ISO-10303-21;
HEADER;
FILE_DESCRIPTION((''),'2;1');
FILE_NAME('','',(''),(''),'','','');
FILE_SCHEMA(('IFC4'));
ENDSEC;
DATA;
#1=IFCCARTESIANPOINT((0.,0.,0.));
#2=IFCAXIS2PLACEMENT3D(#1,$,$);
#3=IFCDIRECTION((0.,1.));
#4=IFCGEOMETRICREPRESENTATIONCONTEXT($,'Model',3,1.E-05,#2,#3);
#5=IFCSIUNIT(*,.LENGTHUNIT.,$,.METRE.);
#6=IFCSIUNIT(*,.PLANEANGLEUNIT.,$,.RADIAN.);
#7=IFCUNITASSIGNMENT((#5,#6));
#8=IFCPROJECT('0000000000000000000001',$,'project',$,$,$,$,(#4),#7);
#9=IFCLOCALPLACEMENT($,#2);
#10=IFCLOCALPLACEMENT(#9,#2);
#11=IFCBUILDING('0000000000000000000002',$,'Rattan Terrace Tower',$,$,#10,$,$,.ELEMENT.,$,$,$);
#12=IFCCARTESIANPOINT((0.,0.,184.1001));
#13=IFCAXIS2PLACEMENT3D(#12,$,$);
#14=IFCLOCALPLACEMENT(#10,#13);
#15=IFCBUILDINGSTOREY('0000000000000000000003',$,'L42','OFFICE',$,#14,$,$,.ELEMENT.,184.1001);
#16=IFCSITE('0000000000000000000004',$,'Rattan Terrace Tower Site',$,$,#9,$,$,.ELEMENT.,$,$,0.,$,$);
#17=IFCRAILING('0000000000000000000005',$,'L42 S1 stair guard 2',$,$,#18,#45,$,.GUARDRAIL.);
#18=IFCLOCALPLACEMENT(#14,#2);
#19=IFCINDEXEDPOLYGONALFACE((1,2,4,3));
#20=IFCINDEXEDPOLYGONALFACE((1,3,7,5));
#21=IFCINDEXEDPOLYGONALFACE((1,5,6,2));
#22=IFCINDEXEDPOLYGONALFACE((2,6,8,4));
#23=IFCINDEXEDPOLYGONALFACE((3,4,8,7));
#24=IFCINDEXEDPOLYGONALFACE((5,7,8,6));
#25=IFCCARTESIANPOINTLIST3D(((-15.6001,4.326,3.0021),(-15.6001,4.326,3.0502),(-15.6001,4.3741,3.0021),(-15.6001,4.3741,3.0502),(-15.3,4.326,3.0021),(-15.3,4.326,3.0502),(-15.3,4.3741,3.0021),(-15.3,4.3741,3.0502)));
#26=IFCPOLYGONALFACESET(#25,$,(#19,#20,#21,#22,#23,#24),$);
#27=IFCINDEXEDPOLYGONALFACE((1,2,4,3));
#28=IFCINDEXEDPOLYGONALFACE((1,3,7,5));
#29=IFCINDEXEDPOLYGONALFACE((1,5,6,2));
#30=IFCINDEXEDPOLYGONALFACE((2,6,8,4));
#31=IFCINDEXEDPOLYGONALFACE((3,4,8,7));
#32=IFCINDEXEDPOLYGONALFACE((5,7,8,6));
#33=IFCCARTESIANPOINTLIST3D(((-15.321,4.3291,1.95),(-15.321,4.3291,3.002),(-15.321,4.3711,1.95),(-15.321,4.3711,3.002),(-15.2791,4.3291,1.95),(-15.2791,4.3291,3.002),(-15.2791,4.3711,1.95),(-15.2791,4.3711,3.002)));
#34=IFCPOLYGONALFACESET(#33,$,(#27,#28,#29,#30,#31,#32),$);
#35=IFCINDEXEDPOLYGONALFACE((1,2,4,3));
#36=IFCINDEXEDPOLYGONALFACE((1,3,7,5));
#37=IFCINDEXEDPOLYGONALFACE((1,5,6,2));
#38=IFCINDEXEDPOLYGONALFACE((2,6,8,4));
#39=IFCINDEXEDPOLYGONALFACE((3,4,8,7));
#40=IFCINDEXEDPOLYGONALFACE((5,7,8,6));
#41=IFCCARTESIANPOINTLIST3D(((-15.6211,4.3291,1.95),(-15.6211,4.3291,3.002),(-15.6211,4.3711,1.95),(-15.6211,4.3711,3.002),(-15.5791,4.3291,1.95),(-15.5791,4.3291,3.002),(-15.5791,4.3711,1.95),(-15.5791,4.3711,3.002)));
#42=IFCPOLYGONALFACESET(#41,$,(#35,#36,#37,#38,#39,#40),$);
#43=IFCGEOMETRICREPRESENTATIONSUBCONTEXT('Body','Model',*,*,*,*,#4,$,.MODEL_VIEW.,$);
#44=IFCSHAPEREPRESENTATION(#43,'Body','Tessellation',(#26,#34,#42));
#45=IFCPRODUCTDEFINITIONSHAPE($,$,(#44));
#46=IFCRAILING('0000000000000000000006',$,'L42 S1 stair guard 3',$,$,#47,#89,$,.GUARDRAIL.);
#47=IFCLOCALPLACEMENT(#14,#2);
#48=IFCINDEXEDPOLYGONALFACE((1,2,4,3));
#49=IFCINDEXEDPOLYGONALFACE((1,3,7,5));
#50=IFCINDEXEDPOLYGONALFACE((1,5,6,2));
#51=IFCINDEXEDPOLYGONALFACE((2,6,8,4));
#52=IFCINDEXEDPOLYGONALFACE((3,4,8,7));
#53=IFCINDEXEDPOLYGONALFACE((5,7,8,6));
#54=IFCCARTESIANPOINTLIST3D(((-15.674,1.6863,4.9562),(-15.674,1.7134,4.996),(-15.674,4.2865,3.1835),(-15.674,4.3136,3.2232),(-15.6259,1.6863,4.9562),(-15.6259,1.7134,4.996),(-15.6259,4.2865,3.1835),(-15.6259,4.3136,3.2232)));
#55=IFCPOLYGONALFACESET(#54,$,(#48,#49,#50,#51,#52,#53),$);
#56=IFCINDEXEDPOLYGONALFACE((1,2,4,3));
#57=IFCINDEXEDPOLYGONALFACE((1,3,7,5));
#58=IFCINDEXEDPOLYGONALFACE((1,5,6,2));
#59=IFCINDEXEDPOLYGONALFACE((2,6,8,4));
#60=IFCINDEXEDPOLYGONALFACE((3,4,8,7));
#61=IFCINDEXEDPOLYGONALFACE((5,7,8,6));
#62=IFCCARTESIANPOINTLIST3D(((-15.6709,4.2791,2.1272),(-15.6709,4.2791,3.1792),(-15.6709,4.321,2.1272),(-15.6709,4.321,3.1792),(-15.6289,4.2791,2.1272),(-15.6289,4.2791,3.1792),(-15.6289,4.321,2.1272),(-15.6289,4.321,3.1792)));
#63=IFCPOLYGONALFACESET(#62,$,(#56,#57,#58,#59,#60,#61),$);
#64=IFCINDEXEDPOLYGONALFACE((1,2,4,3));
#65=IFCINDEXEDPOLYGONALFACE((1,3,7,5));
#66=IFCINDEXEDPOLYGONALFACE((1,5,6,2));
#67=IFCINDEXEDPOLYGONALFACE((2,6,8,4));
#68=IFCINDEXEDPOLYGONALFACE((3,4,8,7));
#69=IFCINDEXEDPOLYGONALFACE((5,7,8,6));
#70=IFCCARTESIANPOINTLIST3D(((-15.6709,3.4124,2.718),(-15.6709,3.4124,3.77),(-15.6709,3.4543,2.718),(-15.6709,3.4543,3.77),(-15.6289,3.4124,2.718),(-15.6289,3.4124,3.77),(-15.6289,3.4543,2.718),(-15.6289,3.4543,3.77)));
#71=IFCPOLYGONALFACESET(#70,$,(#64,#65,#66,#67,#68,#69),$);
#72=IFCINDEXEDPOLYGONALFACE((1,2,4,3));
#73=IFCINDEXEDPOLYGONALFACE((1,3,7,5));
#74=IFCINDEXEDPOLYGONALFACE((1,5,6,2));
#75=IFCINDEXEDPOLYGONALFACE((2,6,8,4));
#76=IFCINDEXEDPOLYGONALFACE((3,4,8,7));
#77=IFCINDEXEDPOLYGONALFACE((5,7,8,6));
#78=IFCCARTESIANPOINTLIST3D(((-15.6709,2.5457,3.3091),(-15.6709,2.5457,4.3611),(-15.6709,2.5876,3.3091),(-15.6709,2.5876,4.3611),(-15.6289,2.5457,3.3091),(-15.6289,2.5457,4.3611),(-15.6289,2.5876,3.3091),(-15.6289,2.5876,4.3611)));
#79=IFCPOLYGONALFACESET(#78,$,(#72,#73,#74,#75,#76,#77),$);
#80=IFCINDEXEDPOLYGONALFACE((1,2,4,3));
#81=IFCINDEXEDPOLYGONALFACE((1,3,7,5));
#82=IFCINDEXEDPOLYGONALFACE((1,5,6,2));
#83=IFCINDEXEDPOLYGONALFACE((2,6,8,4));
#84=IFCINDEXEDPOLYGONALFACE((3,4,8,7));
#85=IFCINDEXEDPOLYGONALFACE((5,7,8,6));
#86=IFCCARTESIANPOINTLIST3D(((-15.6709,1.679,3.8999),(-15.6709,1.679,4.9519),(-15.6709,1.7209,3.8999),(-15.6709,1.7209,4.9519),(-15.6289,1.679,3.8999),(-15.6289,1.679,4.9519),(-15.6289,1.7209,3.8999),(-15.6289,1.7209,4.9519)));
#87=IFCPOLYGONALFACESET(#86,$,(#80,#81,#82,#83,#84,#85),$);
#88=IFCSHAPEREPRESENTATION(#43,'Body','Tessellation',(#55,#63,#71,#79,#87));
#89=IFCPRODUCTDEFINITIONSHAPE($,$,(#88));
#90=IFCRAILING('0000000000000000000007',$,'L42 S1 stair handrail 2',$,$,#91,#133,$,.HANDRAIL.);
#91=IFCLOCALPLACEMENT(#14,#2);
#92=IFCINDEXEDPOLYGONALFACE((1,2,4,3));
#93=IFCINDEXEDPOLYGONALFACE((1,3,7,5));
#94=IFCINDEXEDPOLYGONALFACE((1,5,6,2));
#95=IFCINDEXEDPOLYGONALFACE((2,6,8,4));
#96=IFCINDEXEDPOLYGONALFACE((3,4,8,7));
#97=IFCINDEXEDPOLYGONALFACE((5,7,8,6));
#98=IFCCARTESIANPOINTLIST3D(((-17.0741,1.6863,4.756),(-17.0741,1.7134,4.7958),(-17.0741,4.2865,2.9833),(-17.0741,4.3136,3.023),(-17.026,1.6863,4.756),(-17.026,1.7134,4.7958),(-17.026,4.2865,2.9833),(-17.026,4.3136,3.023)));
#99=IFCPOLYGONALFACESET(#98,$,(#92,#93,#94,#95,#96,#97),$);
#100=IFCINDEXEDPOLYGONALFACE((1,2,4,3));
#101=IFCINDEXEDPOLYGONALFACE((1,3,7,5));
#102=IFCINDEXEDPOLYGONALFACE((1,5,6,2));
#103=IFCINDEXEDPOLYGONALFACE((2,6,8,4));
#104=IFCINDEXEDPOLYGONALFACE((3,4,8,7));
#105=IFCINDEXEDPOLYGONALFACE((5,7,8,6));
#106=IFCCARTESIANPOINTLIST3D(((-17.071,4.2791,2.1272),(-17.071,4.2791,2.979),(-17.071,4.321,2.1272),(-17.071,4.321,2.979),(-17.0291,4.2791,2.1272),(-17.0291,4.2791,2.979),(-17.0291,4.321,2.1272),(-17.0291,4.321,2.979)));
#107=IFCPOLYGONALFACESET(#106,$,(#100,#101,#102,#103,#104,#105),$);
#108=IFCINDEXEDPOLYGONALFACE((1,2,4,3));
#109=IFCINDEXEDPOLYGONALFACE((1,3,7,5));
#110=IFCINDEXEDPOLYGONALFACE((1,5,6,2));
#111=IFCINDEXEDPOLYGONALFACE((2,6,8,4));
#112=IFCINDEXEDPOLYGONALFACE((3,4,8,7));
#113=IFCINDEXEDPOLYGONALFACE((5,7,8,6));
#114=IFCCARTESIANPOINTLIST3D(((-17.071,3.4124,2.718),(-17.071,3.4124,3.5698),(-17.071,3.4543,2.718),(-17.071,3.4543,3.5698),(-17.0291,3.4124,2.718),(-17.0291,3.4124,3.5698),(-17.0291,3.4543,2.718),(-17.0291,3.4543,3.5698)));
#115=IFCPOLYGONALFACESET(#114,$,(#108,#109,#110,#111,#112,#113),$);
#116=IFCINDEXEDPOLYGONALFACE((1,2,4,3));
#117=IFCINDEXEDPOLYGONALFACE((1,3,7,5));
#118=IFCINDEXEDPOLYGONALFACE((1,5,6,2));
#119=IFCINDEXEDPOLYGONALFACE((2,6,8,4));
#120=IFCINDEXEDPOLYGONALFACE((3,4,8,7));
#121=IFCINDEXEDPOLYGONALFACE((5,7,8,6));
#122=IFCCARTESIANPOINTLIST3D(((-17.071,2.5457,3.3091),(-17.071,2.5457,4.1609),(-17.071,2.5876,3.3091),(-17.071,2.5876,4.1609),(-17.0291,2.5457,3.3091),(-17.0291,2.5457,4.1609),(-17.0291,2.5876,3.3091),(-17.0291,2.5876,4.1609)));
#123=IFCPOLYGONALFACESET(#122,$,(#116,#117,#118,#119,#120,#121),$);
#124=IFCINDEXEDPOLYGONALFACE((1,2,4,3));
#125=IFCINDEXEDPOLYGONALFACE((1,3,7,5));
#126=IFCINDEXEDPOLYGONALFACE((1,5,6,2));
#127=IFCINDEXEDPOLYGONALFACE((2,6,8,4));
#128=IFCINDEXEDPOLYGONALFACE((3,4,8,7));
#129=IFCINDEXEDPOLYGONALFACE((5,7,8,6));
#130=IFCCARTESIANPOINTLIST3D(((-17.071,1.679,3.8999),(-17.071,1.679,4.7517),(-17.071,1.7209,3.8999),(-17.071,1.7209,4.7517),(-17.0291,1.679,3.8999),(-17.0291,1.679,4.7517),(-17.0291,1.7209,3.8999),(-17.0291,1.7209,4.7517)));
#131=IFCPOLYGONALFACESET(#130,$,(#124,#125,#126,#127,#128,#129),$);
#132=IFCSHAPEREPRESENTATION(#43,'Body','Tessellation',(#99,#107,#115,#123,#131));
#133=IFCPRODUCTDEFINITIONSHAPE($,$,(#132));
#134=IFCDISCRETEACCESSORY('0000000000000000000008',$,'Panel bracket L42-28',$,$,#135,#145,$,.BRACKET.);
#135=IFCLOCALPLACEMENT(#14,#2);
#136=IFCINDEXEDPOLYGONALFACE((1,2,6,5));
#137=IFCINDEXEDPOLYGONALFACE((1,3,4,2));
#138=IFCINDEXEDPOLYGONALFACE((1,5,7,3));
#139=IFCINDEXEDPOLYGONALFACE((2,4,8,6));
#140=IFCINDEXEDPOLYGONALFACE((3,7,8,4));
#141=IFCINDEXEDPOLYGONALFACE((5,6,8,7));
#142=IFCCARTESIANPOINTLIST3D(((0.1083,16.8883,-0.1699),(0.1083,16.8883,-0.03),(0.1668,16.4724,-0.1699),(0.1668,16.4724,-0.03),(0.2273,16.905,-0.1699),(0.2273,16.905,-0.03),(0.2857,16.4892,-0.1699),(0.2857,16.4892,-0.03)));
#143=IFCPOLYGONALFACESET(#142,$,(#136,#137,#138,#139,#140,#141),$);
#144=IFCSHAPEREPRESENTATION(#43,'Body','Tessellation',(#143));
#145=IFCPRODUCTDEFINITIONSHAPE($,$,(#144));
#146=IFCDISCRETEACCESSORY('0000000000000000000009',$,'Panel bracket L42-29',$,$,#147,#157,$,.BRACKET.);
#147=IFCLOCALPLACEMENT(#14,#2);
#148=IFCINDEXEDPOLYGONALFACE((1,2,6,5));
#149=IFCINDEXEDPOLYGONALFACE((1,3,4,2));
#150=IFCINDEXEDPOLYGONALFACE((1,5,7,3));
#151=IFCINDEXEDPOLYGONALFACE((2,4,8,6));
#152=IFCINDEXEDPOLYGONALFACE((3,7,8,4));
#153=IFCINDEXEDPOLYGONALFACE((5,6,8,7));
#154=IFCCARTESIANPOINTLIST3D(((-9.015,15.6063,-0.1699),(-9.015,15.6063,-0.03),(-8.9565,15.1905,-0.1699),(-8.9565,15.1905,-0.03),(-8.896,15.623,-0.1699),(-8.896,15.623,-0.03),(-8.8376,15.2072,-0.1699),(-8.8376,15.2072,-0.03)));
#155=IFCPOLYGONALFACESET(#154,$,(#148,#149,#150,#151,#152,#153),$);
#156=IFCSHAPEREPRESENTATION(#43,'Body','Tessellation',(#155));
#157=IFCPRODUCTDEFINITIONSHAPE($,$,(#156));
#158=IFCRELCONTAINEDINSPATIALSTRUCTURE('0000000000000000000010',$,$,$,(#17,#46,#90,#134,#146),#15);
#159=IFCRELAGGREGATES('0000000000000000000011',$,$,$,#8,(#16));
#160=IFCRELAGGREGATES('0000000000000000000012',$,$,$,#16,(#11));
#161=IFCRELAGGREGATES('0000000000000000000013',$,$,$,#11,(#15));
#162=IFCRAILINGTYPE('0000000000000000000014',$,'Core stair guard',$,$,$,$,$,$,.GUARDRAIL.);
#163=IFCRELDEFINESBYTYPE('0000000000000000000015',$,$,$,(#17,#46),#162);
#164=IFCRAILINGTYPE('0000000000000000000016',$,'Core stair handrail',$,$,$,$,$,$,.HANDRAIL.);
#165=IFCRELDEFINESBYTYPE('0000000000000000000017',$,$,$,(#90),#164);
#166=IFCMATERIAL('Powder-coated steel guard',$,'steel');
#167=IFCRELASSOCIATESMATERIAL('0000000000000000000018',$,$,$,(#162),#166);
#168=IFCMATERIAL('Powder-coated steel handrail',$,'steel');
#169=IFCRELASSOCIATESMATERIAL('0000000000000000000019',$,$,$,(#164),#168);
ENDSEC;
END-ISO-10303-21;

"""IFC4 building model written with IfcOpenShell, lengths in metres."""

from ifc_helpers import new_model, si_unit, direction, frame, origin, origin_2d, place, context, subcontext, project, spatial, rectangle, extrude, material, type_object, element, save


model = new_model("IFC4")

# Units and contexts
model_context = context("Model", 3, precision=1e-05, world=origin(), true_north=direction((0.0, 1.0)))
body_context = subcontext(model_context, "Body", "Model", "MODEL_VIEW")
ifc_project = project(units=[si_unit("LENGTHUNIT", "METRE"), si_unit("PLANEANGLEUNIT", "RADIAN")], contexts=[model_context])

# Site, building, storey
site_placement = place(None, origin())
site = spatial("IfcSite", under=ifc_project, at=site_placement, Name="Rattan Terrace Tower Site", CompositionType="ELEMENT", RefElevation=0.0)
building_placement = place(site_placement, origin())
building = spatial("IfcBuilding", under=site, at=building_placement, Name="Rattan Terrace Tower", CompositionType="ELEMENT")
storey_placement = place(building_placement, frame((0.0, 0.0, 184.1001)))
storey = spatial("IfcBuildingStorey", under=building, at=storey_placement, Name="L42", Description="OFFICE", CompositionType="ELEMENT", Elevation=184.1001)

# Railings
ifc_material_1 = material(Name="Powder-coated steel guard", Category="steel")
railing_type_1 = type_object("IfcRailingType", Name="Core stair guard", PredefinedType="GUARDRAIL", material=ifc_material_1)
railing_1_placement = place(storey_placement, frame((-15.3, 4.3501, 1.95)))
element("IfcRailing", 1, at=railing_1_placement, inside=storey, type_object=railing_type_1, Name="L42 S1 stair guard 2", PredefinedType="GUARDRAIL", context=body_context, shape_type="SweptSolid", body=[
    extrude(rectangle(XDim=0.0481, YDim=0.0481, at=origin_2d()), frame((0.0, 0.0, 1.0762), z_axis=(-1.0, 0.0, 0.0), x_axis=(0.0, -1.0, 0.0)), (0.0, 0.0, 1.0), 0.3),
    extrude(rectangle(XDim=0.042, YDim=0.042, at=origin_2d()), origin(), (0.0, 0.0, 1.0), 1.052),
    extrude(rectangle(XDim=0.042, YDim=0.042, at=origin_2d()), frame((-0.3, 0.0, 0.0)), (0.0, 0.0, 1.0), 1.052),
])
railing_2_placement = place(storey_placement, frame((-15.6499, 4.3, 2.1272)))
element("IfcRailing", 2, at=railing_2_placement, inside=storey, type_object=railing_type_1, Name="L42 S1 stair guard 3", PredefinedType="GUARDRAIL", context=body_context, shape_type="SweptSolid", body=[
    extrude(rectangle(XDim=0.0481, YDim=0.0481, at=origin_2d()), frame((0.0, 0.0, 1.0762), z_axis=(0.0, -0.82624, 0.563318), x_axis=(1.0, 0.0, 0.0)), (0.0, 0.0, 1.0), 3.147),
    extrude(rectangle(XDim=0.042, YDim=0.042, at=origin_2d()), origin(), (0.0, 0.0, 1.0), 1.052),
    extrude(rectangle(XDim=0.042, YDim=0.042, at=origin_2d()), frame((0.0, -0.8667, 0.5908)), (0.0, 0.0, 1.0), 1.052),
    extrude(rectangle(XDim=0.042, YDim=0.042, at=origin_2d()), frame((0.0, -1.7334, 1.1819)), (0.0, 0.0, 1.0), 1.052),
    extrude(rectangle(XDim=0.042, YDim=0.042, at=origin_2d()), frame((0.0, -2.6001, 1.7727)), (0.0, 0.0, 1.0), 1.052),
])
ifc_material_2 = material(Name="Powder-coated steel handrail", Category="steel")
railing_type_2 = type_object("IfcRailingType", Name="Core stair handrail", PredefinedType="HANDRAIL", material=ifc_material_2)
railing_3_placement = place(storey_placement, frame((-17.05, 4.3, 2.1272)))
element("IfcRailing", 3, at=railing_3_placement, inside=storey, type_object=railing_type_2, Name="L42 S1 stair handrail 2", PredefinedType="HANDRAIL", context=body_context, shape_type="SweptSolid", body=[
    extrude(rectangle(XDim=0.0481, YDim=0.0481, at=origin_2d()), frame((0.0, 0.0, 0.876), z_axis=(0.0, -0.82624, 0.563318), x_axis=(1.0, 0.0, 0.0)), (0.0, 0.0, 1.0), 3.147),
    extrude(rectangle(XDim=0.042, YDim=0.042, at=origin_2d()), origin(), (0.0, 0.0, 1.0), 0.8518),
    extrude(rectangle(XDim=0.042, YDim=0.042, at=origin_2d()), frame((0.0, -0.8667, 0.5908)), (0.0, 0.0, 1.0), 0.8518),
    extrude(rectangle(XDim=0.042, YDim=0.042, at=origin_2d()), frame((0.0, -1.7334, 1.1819)), (0.0, 0.0, 1.0), 0.8518),
    extrude(rectangle(XDim=0.042, YDim=0.042, at=origin_2d()), frame((0.0, -2.6001, 1.7727)), (0.0, 0.0, 1.0), 0.8518),
])

# Discrete accessories
for number, where, z_axis, x_axis, name in (
    (4, (0.197, 16.6887, -0.1699), (0.0, 0.0, 1.0), (-0.99027, -0.139161, 0.0), "Panel bracket L42-28"),
    (5, (-8.9263, 15.4067, -0.1699), (0.0, 0.0, 1.0), (-0.99027, -0.139161, 0.0), "Panel bracket L42-29"),
):
    element("IfcDiscreteAccessory", number, at=place(storey_placement, frame(where, z_axis=z_axis, x_axis=x_axis)), inside=storey, Name=name, PredefinedType="BRACKET", context=body_context, shape_type="SweptSolid", body=[
        extrude(rectangle(XDim=0.1201, YDim=0.4199, at=origin_2d()), origin(), (0.0, 0.0, 1.0), 0.1399),
    ])

save(model, "model.ifc")
